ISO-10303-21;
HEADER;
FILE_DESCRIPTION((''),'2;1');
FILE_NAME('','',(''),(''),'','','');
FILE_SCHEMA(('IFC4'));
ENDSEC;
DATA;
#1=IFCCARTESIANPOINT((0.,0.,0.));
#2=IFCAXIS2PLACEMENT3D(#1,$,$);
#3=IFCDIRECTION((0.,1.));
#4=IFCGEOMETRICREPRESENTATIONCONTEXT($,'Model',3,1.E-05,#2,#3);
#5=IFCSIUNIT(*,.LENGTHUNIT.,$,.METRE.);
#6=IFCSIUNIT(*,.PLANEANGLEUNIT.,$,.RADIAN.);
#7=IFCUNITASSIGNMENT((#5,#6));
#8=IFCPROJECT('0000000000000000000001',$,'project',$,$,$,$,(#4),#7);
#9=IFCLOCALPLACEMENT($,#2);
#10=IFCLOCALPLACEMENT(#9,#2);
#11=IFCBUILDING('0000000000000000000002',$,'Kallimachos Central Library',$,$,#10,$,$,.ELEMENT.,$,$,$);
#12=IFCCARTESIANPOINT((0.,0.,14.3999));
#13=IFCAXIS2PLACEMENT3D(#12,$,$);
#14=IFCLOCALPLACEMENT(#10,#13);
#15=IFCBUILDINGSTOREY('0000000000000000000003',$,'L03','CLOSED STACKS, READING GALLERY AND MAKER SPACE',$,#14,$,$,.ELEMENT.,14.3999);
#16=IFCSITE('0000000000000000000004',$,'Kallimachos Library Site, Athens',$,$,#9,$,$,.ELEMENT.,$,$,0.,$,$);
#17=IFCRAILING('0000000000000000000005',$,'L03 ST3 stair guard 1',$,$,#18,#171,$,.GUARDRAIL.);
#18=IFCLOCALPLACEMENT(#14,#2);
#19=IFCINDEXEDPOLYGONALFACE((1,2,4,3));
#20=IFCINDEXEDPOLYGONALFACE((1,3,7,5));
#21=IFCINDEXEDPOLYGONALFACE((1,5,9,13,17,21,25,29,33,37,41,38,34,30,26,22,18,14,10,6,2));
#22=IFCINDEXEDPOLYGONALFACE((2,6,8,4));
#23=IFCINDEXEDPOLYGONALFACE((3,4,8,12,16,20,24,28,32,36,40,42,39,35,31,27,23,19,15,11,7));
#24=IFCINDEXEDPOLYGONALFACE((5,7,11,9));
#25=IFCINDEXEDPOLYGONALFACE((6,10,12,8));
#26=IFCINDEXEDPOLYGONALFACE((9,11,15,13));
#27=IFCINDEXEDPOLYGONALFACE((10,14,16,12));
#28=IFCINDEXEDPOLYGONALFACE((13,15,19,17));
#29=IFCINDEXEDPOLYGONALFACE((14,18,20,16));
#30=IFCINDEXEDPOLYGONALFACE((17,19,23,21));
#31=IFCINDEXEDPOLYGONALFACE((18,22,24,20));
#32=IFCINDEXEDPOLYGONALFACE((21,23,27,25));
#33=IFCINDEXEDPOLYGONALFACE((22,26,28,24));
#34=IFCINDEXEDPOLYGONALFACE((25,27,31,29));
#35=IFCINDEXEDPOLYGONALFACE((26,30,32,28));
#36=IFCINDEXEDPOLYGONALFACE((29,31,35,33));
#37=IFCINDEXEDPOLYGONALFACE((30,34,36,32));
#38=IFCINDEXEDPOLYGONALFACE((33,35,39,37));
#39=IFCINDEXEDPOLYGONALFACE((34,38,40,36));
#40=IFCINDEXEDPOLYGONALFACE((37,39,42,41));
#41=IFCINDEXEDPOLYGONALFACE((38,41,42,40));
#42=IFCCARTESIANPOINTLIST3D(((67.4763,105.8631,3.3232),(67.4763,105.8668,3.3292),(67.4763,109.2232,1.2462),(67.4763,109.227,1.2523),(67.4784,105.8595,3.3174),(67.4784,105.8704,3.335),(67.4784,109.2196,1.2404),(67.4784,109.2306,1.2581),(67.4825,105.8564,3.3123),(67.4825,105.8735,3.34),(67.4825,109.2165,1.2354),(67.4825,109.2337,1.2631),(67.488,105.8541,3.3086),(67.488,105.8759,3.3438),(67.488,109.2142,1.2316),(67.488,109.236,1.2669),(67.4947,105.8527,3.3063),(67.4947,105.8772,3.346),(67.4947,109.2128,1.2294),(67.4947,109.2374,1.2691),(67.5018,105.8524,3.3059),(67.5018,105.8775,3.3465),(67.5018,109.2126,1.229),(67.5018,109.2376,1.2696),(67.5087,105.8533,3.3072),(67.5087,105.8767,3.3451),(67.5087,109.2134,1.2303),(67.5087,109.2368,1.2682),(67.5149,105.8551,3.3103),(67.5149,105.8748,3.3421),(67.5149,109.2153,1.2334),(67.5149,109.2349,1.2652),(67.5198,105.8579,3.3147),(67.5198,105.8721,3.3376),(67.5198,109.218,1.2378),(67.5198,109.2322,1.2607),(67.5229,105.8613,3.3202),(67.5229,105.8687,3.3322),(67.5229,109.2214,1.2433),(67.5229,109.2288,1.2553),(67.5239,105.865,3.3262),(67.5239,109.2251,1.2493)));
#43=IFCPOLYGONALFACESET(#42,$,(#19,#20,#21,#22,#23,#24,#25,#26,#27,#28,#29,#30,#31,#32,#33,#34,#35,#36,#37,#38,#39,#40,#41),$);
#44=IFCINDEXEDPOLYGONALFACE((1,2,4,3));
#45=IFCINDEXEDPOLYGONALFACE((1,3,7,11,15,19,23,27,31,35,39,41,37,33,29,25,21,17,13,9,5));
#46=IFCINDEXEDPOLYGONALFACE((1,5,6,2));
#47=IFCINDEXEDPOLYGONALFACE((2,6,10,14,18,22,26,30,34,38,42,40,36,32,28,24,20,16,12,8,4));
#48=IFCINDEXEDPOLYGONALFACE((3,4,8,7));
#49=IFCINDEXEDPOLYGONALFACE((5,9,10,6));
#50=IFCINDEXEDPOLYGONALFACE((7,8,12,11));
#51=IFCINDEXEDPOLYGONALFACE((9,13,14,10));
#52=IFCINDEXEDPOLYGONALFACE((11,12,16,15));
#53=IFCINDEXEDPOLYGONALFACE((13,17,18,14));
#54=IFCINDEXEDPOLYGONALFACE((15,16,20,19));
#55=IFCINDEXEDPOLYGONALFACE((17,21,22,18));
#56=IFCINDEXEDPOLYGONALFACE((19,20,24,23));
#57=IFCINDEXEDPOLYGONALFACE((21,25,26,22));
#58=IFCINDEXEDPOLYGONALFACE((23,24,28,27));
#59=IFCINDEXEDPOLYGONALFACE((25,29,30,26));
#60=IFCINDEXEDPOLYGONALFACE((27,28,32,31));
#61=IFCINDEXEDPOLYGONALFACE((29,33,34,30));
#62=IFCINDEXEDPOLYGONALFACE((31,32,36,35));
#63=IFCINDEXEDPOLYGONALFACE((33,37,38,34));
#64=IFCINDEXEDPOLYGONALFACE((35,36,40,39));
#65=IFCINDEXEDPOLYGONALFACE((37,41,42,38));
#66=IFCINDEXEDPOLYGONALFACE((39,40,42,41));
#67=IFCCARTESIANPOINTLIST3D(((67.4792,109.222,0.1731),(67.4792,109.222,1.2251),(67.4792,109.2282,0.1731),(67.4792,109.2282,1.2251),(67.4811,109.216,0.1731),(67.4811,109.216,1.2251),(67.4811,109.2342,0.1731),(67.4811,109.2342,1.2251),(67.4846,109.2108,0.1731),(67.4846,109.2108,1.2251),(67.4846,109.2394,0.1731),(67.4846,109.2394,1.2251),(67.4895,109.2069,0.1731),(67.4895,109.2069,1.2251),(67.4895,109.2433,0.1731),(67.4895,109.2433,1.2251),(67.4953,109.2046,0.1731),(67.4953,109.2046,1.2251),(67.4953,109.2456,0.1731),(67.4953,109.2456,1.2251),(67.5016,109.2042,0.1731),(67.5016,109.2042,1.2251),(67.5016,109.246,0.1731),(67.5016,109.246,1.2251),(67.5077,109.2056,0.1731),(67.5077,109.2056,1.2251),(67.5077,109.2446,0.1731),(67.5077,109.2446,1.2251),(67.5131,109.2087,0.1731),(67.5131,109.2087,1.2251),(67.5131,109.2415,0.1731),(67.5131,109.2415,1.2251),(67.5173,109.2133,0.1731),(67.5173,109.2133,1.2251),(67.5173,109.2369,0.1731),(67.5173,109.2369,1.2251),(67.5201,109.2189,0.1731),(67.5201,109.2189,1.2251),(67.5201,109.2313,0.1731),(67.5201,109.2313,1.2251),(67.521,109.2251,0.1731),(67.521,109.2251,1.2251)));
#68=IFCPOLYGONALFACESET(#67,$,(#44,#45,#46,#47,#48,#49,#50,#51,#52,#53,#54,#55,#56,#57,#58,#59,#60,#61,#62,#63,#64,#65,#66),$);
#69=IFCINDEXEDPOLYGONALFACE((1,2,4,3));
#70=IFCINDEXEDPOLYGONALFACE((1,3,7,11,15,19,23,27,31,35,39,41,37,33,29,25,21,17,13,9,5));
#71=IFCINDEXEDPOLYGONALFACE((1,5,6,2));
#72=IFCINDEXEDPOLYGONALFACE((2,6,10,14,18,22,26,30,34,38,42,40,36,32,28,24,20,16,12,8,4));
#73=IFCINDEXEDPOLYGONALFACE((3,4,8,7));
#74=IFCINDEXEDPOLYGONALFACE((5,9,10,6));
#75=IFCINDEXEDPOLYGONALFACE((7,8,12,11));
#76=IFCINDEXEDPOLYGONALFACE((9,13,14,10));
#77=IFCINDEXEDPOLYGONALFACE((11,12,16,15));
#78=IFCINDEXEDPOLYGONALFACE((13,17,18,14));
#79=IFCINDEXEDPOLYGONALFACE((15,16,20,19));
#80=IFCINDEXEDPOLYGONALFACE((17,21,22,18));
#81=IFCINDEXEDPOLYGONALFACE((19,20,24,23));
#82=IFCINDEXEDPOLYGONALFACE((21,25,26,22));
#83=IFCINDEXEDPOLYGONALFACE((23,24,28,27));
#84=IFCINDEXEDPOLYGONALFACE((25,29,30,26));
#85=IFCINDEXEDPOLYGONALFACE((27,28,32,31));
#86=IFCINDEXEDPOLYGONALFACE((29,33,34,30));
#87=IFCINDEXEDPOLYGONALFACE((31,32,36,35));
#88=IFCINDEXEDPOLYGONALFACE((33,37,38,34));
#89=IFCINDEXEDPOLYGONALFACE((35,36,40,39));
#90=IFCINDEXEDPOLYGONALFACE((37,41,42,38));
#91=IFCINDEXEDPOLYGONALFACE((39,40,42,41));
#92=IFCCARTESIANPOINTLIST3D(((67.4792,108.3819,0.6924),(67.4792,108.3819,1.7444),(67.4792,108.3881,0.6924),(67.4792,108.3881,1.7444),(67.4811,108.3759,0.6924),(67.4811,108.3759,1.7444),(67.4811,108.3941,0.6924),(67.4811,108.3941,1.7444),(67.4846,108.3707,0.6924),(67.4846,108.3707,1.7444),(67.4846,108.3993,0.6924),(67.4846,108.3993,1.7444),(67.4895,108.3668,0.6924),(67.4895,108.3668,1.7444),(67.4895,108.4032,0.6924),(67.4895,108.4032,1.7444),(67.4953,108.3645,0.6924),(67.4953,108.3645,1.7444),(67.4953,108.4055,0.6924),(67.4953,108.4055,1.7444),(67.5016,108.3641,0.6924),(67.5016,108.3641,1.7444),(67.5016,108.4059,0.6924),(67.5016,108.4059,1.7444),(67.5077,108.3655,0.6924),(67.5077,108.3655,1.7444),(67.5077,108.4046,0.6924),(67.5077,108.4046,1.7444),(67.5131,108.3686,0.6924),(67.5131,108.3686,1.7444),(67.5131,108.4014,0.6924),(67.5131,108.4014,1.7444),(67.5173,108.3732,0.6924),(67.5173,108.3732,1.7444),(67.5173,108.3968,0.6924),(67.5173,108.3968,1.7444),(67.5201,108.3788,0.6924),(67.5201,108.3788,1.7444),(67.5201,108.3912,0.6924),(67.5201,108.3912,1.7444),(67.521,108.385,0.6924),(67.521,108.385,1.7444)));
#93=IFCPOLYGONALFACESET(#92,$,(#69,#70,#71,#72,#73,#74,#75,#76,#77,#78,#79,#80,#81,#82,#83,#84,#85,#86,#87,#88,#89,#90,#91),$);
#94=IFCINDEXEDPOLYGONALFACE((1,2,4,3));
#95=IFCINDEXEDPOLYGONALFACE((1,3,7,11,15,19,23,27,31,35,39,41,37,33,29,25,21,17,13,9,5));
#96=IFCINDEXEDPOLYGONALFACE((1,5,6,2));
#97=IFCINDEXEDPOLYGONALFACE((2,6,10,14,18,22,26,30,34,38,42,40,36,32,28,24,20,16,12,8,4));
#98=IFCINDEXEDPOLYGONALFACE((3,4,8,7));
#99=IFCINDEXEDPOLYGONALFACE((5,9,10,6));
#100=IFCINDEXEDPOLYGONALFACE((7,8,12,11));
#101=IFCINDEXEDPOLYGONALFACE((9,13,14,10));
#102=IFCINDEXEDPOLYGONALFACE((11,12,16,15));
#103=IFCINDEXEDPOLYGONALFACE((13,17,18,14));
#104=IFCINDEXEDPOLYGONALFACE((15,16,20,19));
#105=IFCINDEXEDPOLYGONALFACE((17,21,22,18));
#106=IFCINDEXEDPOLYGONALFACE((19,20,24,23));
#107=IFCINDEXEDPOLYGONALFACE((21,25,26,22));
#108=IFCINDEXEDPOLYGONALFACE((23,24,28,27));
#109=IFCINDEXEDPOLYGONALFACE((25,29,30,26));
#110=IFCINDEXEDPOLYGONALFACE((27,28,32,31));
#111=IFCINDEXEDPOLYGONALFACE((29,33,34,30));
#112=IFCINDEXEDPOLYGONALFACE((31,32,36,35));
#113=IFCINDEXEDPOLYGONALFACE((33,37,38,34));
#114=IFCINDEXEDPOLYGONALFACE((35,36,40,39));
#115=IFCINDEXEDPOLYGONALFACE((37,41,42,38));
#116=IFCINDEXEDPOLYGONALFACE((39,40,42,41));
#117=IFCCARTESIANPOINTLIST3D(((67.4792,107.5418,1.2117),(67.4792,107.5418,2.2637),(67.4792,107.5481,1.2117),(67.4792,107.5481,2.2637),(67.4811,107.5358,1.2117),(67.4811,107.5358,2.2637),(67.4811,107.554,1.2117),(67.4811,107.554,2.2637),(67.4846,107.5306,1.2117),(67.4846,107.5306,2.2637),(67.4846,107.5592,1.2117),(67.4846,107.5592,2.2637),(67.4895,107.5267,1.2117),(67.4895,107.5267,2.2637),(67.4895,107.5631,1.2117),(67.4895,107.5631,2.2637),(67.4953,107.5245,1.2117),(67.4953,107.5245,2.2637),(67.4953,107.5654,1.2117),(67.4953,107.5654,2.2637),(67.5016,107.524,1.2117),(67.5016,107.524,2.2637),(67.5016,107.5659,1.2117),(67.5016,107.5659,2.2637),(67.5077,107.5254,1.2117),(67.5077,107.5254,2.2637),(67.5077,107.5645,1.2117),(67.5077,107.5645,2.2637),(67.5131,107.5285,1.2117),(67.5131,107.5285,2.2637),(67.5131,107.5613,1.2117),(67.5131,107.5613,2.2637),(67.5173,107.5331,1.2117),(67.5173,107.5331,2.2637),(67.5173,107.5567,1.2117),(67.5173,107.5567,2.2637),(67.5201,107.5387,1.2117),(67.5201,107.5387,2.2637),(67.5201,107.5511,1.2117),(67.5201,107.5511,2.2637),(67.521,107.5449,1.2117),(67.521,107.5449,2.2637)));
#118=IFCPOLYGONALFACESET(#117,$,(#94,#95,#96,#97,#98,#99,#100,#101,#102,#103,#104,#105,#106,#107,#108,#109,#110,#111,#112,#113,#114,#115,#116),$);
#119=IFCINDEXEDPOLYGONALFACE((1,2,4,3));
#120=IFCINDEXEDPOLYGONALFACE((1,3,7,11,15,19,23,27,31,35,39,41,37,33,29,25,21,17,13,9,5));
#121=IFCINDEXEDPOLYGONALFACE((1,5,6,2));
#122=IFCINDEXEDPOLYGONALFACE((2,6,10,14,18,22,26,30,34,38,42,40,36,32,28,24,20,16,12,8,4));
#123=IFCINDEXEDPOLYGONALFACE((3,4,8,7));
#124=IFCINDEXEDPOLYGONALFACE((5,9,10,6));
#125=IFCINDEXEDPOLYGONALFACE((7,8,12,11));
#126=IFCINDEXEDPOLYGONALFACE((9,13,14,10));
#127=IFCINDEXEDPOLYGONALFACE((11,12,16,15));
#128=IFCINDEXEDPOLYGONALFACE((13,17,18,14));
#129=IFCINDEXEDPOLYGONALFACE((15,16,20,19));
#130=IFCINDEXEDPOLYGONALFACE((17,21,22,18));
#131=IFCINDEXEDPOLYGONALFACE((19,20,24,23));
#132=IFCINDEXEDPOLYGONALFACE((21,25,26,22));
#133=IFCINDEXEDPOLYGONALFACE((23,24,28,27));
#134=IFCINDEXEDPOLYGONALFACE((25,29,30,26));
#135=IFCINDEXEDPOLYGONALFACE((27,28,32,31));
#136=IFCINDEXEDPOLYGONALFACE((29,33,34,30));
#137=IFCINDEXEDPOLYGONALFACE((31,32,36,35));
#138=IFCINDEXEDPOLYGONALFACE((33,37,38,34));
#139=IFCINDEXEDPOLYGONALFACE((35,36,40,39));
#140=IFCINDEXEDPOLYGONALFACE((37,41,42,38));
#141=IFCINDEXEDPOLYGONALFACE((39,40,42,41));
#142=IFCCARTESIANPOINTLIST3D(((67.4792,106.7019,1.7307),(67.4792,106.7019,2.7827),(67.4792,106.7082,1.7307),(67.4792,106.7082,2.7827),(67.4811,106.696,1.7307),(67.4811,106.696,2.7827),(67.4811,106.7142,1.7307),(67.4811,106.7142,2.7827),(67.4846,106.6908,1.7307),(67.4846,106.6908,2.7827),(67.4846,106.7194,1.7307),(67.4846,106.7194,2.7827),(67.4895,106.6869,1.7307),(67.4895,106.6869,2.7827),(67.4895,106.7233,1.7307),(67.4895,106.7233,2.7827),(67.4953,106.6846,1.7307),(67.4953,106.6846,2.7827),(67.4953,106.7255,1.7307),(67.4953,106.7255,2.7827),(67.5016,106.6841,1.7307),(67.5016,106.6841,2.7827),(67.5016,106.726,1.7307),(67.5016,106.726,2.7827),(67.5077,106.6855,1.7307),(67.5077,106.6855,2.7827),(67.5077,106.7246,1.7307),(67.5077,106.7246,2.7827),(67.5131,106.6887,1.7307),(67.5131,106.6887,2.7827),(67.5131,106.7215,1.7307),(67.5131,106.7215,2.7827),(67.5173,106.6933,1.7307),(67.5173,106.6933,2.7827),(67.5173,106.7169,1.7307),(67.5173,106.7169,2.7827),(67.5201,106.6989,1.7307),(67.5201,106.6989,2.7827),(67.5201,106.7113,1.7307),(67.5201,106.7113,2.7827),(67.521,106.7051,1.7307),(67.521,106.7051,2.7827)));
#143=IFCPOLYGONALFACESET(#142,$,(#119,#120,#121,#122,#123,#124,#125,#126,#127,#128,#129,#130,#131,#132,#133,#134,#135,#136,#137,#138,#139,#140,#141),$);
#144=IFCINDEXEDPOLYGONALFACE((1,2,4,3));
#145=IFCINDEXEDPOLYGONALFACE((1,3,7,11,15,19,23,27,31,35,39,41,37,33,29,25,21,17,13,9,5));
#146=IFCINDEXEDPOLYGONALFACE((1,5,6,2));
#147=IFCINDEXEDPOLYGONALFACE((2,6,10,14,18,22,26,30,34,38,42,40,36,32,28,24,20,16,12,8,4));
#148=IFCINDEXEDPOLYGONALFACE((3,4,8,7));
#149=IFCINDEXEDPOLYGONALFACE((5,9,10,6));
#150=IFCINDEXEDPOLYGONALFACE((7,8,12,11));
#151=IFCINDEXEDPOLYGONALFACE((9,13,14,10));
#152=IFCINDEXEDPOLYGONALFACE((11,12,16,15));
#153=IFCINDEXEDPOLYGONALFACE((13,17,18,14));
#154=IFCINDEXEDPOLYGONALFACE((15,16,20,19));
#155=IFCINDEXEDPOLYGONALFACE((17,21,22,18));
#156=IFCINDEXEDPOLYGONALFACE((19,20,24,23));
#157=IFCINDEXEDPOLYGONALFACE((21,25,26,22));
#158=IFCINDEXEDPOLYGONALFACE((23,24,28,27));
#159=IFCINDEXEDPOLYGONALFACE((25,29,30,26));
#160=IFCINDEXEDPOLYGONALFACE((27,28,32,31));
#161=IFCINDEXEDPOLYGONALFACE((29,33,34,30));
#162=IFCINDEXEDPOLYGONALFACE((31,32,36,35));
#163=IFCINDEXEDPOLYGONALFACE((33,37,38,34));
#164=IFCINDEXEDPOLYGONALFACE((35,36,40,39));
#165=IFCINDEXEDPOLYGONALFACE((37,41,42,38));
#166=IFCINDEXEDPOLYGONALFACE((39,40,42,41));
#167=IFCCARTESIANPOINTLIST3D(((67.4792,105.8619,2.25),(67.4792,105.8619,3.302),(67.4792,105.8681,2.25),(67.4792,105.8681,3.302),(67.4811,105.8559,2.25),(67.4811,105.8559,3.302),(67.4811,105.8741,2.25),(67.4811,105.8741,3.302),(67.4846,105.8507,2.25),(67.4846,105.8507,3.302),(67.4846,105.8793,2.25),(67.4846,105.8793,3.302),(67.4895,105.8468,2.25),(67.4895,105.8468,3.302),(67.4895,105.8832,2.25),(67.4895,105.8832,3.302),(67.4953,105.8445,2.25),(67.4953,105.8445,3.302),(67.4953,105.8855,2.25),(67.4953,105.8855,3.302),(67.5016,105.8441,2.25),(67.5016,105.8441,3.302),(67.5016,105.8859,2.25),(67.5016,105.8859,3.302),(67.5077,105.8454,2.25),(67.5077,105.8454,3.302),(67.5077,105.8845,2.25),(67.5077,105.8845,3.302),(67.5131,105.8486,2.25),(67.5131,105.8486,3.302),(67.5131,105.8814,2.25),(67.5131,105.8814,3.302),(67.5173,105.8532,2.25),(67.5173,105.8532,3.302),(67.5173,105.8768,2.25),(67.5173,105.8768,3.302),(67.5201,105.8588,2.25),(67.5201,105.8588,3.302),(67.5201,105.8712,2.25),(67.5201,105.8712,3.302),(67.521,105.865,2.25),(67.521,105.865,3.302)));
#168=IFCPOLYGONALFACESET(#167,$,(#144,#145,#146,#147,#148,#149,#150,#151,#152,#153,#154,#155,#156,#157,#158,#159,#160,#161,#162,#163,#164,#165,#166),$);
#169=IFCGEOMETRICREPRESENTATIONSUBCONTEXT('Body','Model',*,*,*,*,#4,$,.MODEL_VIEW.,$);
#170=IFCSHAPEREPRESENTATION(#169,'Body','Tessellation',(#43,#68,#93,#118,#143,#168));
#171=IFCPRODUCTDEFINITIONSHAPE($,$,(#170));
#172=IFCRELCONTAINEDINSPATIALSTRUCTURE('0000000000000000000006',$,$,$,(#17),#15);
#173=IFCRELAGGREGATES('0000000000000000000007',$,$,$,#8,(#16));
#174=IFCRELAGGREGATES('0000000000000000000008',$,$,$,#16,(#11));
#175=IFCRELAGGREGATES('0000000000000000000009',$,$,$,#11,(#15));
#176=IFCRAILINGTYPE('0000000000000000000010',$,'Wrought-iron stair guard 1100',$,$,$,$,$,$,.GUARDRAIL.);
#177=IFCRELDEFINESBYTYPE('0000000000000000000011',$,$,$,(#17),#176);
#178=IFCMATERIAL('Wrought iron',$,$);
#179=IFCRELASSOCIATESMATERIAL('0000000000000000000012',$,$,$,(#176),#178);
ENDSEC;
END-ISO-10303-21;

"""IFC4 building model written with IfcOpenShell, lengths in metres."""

from ifc_helpers import new_model, si_unit, direction, frame, origin, origin_2d, place, context, subcontext, project, spatial, circle, extrude, material, type_object, element, save


model = new_model("IFC4")

# Units and contexts
model_context = context("Model", 3, precision=1e-05, world=origin(), true_north=direction((0.0, 1.0)))
body_context = subcontext(model_context, "Body", "Model", "MODEL_VIEW")
ifc_project = project(units=[si_unit("LENGTHUNIT", "METRE"), si_unit("PLANEANGLEUNIT", "RADIAN")], contexts=[model_context])

# Site, building, storey
site_placement = place(None, origin())
site = spatial("IfcSite", under=ifc_project, at=site_placement, Name="Kallimachos Library Site, Athens", CompositionType="ELEMENT", RefElevation=0.0)
building_placement = place(site_placement, origin())
building = spatial("IfcBuilding", under=site, at=building_placement, Name="Kallimachos Central Library", CompositionType="ELEMENT")
storey_placement = place(building_placement, frame((0.0, 0.0, 14.3999)))
storey = spatial("IfcBuildingStorey", under=building, at=storey_placement, Name="L03", Description="CLOSED STACKS, READING GALLERY AND MAKER SPACE", CompositionType="ELEMENT", Elevation=14.3999)

# Railing
ifc_material_1 = material(Name="Wrought iron")
railing_type_1 = type_object("IfcRailingType", Name="Wrought-iron stair guard 1100", PredefinedType="GUARDRAIL", material=ifc_material_1)
railing_1_placement = place(storey_placement, frame((67.5, 109.2251, 0.1731)))
element("IfcRailing", 1, at=railing_1_placement, inside=storey, type_object=railing_type_1, Name="L03 ST3 stair guard 1", PredefinedType="GUARDRAIL", context=body_context, shape_type="SweptSolid", body=[
    extrude(circle(Radius=0.0239, at=origin_2d()), frame((0.0, 0.0, 1.0762), z_axis=(0.0, -0.850623, 0.525776), x_axis=(1.0, 0.0, 0.0)), (0.0, 0.0, 1.0), 3.9502),
    extrude(circle(Radius=0.021, at=origin_2d()), origin(), (0.0, 0.0, 1.0), 1.052),
    extrude(circle(Radius=0.021, at=origin_2d()), frame((0.0, -0.8401, 0.5193)), (0.0, 0.0, 1.0), 1.052),
    extrude(circle(Radius=0.021, at=origin_2d()), frame((0.0, -1.6802, 1.0386)), (0.0, 0.0, 1.0), 1.052),
    extrude(circle(Radius=0.021, at=origin_2d()), frame((0.0, -2.52, 1.5576)), (0.0, 0.0, 1.0), 1.052),
    extrude(circle(Radius=0.021, at=origin_2d()), frame((0.0, -3.3601, 2.0769)), (0.0, 0.0, 1.0), 1.052),
])

save(model, "model.ifc")
